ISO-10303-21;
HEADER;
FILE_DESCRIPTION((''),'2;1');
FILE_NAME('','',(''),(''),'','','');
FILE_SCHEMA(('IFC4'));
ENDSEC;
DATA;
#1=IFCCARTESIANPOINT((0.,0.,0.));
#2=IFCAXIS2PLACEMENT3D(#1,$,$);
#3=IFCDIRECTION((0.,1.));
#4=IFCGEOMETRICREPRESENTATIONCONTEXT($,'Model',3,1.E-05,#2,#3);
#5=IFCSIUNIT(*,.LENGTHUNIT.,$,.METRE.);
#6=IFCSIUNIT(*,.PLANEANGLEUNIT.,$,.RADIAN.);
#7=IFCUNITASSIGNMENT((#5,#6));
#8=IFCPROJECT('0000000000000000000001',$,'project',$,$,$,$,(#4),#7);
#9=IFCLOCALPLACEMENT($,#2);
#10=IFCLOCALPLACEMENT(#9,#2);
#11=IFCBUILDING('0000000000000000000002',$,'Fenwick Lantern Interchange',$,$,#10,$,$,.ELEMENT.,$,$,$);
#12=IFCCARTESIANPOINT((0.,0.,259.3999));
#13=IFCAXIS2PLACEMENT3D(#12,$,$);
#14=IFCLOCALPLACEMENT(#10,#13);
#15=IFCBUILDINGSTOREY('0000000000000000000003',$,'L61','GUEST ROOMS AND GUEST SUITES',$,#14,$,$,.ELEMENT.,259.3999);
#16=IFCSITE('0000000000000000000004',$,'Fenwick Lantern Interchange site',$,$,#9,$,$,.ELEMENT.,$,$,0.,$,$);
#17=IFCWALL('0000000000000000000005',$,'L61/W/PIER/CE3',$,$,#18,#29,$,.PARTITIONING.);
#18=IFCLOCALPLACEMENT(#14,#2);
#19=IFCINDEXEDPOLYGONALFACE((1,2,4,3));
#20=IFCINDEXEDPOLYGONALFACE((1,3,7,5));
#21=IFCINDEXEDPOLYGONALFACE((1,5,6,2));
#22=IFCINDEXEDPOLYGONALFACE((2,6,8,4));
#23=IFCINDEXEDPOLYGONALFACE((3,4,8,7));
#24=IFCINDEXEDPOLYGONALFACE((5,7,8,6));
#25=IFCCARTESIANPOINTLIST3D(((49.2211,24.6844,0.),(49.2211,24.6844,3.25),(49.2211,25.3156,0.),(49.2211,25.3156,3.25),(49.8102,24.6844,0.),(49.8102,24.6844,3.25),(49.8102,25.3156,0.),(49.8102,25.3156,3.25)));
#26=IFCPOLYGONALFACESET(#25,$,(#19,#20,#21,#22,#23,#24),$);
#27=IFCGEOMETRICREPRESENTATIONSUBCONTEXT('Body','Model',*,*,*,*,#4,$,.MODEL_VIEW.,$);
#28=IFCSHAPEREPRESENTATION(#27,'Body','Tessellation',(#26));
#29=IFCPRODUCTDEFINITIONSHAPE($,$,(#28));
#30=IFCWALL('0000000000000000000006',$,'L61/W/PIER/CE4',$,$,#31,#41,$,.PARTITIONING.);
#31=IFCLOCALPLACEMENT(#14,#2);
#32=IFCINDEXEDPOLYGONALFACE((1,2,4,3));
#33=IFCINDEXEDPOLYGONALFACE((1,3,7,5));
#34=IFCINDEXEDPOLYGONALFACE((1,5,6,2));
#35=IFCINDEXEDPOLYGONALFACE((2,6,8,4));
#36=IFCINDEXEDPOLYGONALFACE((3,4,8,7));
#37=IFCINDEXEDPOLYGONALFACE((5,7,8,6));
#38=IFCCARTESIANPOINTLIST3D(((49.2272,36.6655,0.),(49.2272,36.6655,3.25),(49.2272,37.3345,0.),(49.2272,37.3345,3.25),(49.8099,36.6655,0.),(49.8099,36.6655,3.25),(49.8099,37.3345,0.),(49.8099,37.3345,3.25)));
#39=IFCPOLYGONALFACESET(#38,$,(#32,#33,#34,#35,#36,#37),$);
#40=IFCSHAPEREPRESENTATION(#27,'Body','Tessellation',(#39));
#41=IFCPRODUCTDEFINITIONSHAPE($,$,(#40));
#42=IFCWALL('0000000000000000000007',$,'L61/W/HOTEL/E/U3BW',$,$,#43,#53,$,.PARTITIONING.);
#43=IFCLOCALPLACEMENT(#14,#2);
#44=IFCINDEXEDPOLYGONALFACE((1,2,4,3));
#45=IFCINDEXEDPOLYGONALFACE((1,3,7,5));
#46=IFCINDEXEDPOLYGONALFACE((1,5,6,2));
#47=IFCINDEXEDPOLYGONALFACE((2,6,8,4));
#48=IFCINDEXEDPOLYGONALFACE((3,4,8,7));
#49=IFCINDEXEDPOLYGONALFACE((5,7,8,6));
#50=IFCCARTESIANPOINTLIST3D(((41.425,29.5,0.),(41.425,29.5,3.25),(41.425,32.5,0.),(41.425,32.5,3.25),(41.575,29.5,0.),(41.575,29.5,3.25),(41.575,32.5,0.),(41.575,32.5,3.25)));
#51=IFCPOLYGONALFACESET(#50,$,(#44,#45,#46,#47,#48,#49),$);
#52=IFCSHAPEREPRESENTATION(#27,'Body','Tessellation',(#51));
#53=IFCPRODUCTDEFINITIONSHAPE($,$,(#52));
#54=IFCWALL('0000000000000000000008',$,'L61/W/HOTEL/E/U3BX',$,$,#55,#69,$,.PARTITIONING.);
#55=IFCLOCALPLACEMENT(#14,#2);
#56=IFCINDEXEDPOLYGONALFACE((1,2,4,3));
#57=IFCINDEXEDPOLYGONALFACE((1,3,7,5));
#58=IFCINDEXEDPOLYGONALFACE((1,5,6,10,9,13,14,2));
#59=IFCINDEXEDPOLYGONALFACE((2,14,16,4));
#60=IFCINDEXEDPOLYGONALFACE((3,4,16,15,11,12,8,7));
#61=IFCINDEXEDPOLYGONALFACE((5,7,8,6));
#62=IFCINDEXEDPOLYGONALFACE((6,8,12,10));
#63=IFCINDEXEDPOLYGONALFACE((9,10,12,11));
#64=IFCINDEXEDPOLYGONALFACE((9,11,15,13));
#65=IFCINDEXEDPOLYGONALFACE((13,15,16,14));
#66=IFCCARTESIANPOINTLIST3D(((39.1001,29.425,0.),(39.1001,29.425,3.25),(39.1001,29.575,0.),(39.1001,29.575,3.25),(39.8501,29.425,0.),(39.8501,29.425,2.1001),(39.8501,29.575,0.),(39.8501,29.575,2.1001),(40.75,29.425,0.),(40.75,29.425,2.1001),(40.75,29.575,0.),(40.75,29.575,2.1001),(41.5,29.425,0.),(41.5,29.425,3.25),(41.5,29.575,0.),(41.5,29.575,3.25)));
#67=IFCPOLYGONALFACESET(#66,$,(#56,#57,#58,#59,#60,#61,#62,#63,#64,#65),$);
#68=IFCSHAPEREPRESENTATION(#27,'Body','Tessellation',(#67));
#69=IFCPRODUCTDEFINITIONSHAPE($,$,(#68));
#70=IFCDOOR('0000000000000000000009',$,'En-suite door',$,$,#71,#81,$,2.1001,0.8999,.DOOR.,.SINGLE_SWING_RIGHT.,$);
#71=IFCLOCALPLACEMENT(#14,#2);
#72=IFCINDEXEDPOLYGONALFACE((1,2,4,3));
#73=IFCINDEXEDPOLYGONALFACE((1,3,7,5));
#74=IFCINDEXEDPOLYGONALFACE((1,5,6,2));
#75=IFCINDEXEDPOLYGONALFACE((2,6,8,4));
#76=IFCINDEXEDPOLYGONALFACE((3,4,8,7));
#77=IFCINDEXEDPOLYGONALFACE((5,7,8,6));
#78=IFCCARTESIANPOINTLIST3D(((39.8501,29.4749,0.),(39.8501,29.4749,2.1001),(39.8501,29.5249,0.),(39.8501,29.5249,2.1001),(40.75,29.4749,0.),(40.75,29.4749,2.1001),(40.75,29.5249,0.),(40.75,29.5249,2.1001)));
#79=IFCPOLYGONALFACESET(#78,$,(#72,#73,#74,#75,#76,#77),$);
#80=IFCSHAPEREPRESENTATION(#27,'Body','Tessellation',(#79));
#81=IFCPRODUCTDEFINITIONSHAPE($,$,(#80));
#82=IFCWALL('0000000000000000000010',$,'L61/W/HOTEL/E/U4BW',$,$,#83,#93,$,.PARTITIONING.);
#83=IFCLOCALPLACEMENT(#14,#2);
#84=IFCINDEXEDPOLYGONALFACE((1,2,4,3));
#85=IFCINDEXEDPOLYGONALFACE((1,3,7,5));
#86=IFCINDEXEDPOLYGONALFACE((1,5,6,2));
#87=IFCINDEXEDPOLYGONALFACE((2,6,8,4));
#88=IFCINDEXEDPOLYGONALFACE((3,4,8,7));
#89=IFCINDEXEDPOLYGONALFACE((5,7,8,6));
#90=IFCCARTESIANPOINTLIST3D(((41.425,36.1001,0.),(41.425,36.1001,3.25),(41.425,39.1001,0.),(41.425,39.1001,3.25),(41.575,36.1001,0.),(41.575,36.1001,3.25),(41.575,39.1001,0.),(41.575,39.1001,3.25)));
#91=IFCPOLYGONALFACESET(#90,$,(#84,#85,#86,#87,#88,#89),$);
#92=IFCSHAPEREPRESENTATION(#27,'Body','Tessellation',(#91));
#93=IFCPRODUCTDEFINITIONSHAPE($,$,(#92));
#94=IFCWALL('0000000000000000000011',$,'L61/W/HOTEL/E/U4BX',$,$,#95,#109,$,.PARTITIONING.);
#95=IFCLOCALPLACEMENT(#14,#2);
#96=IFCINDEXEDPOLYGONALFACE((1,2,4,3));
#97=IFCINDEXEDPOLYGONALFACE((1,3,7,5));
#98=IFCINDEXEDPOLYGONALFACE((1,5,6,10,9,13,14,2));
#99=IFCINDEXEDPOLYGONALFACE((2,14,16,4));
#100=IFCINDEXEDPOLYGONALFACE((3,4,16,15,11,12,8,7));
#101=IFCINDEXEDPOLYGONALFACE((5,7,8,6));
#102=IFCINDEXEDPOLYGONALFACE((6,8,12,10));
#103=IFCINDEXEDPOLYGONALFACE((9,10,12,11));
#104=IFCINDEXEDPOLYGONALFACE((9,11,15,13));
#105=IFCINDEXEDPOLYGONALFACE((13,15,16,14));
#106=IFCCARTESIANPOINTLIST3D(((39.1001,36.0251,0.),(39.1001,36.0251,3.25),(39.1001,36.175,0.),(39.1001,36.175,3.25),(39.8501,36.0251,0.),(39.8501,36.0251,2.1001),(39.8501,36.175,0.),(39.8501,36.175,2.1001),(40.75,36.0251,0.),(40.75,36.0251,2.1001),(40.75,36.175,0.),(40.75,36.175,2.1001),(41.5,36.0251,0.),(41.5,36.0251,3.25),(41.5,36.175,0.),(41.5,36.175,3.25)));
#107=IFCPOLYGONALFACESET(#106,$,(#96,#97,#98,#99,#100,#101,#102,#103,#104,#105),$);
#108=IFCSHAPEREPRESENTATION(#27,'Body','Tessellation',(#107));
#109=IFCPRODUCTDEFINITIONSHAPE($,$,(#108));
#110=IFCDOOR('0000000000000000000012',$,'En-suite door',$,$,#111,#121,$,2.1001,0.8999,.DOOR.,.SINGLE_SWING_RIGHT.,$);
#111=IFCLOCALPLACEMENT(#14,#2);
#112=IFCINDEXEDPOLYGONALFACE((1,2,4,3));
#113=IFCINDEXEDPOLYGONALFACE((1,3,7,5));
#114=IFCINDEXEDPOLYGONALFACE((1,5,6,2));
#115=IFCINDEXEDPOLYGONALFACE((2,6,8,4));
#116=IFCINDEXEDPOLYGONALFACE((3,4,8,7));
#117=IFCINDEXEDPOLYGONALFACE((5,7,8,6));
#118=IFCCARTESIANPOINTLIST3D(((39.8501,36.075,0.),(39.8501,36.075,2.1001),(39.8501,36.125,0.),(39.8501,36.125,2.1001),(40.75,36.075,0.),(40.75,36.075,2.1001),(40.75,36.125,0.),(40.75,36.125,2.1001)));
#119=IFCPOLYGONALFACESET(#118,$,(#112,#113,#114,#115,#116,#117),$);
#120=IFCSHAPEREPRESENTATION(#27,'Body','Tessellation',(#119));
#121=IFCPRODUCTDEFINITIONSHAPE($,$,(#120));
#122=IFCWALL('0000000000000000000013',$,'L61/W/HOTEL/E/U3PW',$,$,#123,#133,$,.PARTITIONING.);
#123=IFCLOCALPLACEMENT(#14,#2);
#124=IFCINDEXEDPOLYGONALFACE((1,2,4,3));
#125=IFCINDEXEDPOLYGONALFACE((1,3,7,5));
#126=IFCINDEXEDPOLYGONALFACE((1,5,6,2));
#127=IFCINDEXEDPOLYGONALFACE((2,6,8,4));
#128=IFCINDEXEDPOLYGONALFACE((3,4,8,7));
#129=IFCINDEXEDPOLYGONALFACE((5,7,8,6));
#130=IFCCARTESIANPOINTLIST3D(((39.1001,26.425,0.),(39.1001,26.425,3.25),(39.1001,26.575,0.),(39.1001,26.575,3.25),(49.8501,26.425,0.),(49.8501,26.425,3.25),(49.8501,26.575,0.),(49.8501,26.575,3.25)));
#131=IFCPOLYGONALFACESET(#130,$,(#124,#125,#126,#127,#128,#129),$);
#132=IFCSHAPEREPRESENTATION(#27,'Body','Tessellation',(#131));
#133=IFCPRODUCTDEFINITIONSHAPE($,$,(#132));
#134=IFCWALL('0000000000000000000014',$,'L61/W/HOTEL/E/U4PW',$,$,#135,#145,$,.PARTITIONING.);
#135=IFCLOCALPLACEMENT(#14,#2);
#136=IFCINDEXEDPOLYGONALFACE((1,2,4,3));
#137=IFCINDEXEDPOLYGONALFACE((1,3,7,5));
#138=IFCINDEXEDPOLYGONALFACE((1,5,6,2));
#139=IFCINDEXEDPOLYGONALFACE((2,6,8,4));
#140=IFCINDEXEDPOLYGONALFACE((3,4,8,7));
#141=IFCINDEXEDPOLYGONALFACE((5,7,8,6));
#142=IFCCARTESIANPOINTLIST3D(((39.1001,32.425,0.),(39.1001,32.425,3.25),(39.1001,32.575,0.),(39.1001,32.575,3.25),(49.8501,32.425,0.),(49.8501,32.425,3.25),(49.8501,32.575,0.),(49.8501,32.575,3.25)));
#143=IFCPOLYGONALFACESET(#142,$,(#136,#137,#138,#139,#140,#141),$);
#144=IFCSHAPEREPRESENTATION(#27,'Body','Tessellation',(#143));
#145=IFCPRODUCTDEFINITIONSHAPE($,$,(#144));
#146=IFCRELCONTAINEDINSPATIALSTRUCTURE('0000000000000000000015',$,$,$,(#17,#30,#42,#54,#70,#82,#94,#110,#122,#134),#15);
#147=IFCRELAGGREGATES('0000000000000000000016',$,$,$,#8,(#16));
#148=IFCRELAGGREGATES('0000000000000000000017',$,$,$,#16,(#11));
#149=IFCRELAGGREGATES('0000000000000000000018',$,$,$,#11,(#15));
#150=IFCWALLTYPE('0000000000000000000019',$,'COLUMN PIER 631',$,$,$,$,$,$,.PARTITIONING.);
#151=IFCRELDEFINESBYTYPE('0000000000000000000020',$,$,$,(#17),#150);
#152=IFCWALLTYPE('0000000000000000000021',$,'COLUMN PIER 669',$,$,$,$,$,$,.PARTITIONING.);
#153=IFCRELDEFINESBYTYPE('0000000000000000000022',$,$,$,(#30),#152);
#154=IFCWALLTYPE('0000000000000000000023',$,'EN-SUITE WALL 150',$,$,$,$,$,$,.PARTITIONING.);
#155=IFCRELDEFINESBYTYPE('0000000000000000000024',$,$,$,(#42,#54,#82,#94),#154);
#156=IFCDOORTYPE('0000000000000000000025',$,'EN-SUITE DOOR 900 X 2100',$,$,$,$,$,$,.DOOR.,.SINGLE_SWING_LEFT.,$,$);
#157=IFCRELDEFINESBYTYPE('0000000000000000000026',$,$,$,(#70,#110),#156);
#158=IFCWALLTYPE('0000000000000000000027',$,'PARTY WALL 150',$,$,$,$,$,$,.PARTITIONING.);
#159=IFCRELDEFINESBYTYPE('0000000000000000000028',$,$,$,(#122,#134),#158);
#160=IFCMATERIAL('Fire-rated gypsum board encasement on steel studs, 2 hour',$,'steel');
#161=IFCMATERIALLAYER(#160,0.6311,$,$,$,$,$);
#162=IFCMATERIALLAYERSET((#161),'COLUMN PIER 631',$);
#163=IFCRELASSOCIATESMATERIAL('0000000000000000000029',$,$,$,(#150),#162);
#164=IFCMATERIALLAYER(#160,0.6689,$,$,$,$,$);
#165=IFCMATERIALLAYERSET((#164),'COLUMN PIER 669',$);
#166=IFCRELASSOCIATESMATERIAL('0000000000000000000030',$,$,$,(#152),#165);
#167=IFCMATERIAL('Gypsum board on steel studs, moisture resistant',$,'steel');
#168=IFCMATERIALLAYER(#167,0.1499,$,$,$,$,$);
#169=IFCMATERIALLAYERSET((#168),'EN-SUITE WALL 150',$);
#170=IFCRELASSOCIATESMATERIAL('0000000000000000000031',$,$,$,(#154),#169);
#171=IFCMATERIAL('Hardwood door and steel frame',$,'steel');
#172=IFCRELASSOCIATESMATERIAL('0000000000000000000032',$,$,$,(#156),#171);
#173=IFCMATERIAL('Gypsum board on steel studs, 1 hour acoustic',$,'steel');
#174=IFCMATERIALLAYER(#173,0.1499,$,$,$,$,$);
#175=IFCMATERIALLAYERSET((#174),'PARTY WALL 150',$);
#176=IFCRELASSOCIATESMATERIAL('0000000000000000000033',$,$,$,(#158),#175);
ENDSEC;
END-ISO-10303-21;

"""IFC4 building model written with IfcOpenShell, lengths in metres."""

from ifc_helpers import new_model, si_unit, direction, frame, frame_2d, origin, place, context, subcontext, project, spatial, rectangle, extrude, material, layer, layer_set, type_object, element, fill, save


model = new_model("IFC4")

# Units and contexts
model_context = context("Model", 3, precision=1e-05, world=origin(), true_north=direction((0.0, 1.0)))
body_context = subcontext(model_context, "Body", "Model", "MODEL_VIEW")
ifc_project = project(units=[si_unit("LENGTHUNIT", "METRE"), si_unit("PLANEANGLEUNIT", "RADIAN")], contexts=[model_context])

# Site, building, storey
site_placement = place(None, origin())
site = spatial("IfcSite", under=ifc_project, at=site_placement, Name="Fenwick Lantern Interchange site", CompositionType="ELEMENT", RefElevation=0.0)
building_placement = place(site_placement, origin())
building = spatial("IfcBuilding", under=site, at=building_placement, Name="Fenwick Lantern Interchange", CompositionType="ELEMENT")
storey_placement = place(building_placement, frame((0.0, 0.0, 259.3999)))
storey = spatial("IfcBuildingStorey", under=building, at=storey_placement, Name="L61", Description="GUEST ROOMS AND GUEST SUITES", CompositionType="ELEMENT", Elevation=259.3999)

# Walls
ifc_material_1 = material(Name="Fire-rated gypsum board encasement on steel studs, 2 hour", Category="steel")
ifc_layer_1 = layer(ifc_material_1, 0.6311)
ifc_layer_set_1 = layer_set([ifc_layer_1], Name="COLUMN PIER 631")
wall_type_1 = type_object("IfcWallType", Name="COLUMN PIER 631", PredefinedType="PARTITIONING", material=ifc_layer_set_1)
wall_1_placement = place(storey_placement, frame((49.8101, 25.0, 0.0), z_axis=(0.0, 0.0, 1.0), x_axis=(-1.0, 0.0, 0.0)))
element("IfcWall", 1, at=wall_1_placement, inside=storey, type_object=wall_type_1, Name="L61/W/PIER/CE3", PredefinedType="PARTITIONING", context=body_context, shape_type="SweptSolid", body=[
    extrude(rectangle(XDim=0.5891, YDim=0.6311, at=frame_2d((0.2944, 0.0))), origin(), (0.0, 0.0, 1.0), 3.25),
])
ifc_layer_2 = layer(ifc_material_1, 0.6689)
ifc_layer_set_2 = layer_set([ifc_layer_2], Name="COLUMN PIER 669")
wall_type_2 = type_object("IfcWallType", Name="COLUMN PIER 669", PredefinedType="PARTITIONING", material=ifc_layer_set_2)
wall_2_placement = place(storey_placement, frame((49.8101, 37.0, 0.0), z_axis=(0.0, 0.0, 1.0), x_axis=(-1.0, 0.0, 0.0)))
element("IfcWall", 2, at=wall_2_placement, inside=storey, type_object=wall_type_2, Name="L61/W/PIER/CE4", PredefinedType="PARTITIONING", context=body_context, shape_type="SweptSolid", body=[
    extrude(rectangle(XDim=0.5828, YDim=0.6689, at=frame_2d((0.2915, 0.0))), origin(), (0.0, 0.0, 1.0), 3.25),
])
ifc_material_2 = material(Name="Gypsum board on steel studs, moisture resistant", Category="steel")
ifc_layer_3 = layer(ifc_material_2, 0.1499)
ifc_layer_set_3 = layer_set([ifc_layer_3], Name="EN-SUITE WALL 150")
wall_type_3 = type_object("IfcWallType", Name="EN-SUITE WALL 150", PredefinedType="PARTITIONING", material=ifc_layer_set_3)
wall_3_placement = place(storey_placement, frame((41.5, 29.5, 0.0), z_axis=(0.0, 0.0, 1.0), x_axis=(0.0, 1.0, 0.0)))
element("IfcWall", 3, at=wall_3_placement, inside=storey, type_object=wall_type_3, Name="L61/W/HOTEL/E/U3BW", PredefinedType="PARTITIONING", context=body_context, shape_type="SweptSolid", body=[
    extrude(rectangle(XDim=3.0, YDim=0.1499, at=frame_2d((1.5, 0.0))), origin(), (0.0, 0.0, 1.0), 3.25),
])

# Wall, opening, door
wall_4_placement = place(storey_placement, frame((41.5, 29.5, 0.0), z_axis=(0.0, 0.0, 1.0), x_axis=(-1.0, 0.0, 0.0)))
wall_4 = element("IfcWall", 4, at=wall_4_placement, inside=storey, type_object=wall_type_3, Name="L61/W/HOTEL/E/U3BX", PredefinedType="PARTITIONING", context=body_context, shape_type="SweptSolid", body=[
    extrude(rectangle(XDim=2.3999, YDim=0.1499, at=frame_2d((1.2, 0.0))), origin(), (0.0, 0.0, 1.0), 3.25),
])
opening_1_placement = place(wall_4_placement, frame((0.75, 0.0, 0.0)))
opening_1 = element("IfcOpeningElement", 5, at=opening_1_placement, cuts=wall_4, PredefinedType="OPENING", context=body_context, shape_type="SweptSolid", body=[
    extrude(rectangle(XDim=0.8999, YDim=2.1001, at=frame_2d((0.45, 1.05))), frame((0.0, 0.085, 0.0), z_axis=(0.0, -1.0, 0.0), x_axis=(1.0, 0.0, 0.0)), (0.0, 0.0, 1.0), 0.1699),
])
ifc_material_3 = material(Name="Hardwood door and steel frame", Category="steel")
door_type = type_object("IfcDoorType", Name="EN-SUITE DOOR 900 X 2100", OperationType="SINGLE_SWING_LEFT", PredefinedType="DOOR", material=ifc_material_3)
door_1_placement = place(opening_1_placement, frame((0.8999, 0.0, 0.0), z_axis=(0.0, 0.0, 1.0), x_axis=(-1.0, 0.0, 0.0)))
door_1 = element("IfcDoor", 6, at=door_1_placement, inside=storey, type_object=door_type, Name="En-suite door", OperationType="SINGLE_SWING_RIGHT", OverallHeight=2.1001, OverallWidth=0.8999, PredefinedType="DOOR", context=body_context, shape_type="SweptSolid", body=[
    extrude(rectangle(XDim=0.8999, YDim=2.1001, at=frame_2d((0.45, 1.05))), frame((0.0, 0.0249, 0.0), z_axis=(0.0, -1.0, 0.0), x_axis=(1.0, 0.0, 0.0)), (0.0, 0.0, 1.0), 0.05),
])
fill(opening_1, door_1)

# Wall
wall_5_placement = place(storey_placement, frame((41.5, 36.1001, 0.0), z_axis=(0.0, 0.0, 1.0), x_axis=(0.0, 1.0, 0.0)))
element("IfcWall", 7, at=wall_5_placement, inside=storey, type_object=wall_type_3, Name="L61/W/HOTEL/E/U4BW", PredefinedType="PARTITIONING", context=body_context, shape_type="SweptSolid", body=[
    extrude(rectangle(XDim=3.0, YDim=0.1499, at=frame_2d((1.5, 0.0))), origin(), (0.0, 0.0, 1.0), 3.25),
])

# Wall, opening, door
wall_6_placement = place(storey_placement, frame((41.5, 36.1001, 0.0), z_axis=(0.0, 0.0, 1.0), x_axis=(-1.0, 0.0, 0.0)))
wall_6 = element("IfcWall", 8, at=wall_6_placement, inside=storey, type_object=wall_type_3, Name="L61/W/HOTEL/E/U4BX", PredefinedType="PARTITIONING", context=body_context, shape_type="SweptSolid", body=[
    extrude(rectangle(XDim=2.3999, YDim=0.1499, at=frame_2d((1.2, 0.0))), origin(), (0.0, 0.0, 1.0), 3.25),
])
opening_2_placement = place(wall_6_placement, frame((0.75, 0.0, 0.0)))
opening_2 = element("IfcOpeningElement", 9, at=opening_2_placement, cuts=wall_6, PredefinedType="OPENING", context=body_context, shape_type="SweptSolid", body=[
    extrude(rectangle(XDim=0.8999, YDim=2.1001, at=frame_2d((0.45, 1.05))), frame((0.0, 0.085, 0.0), z_axis=(0.0, -1.0, 0.0), x_axis=(1.0, 0.0, 0.0)), (0.0, 0.0, 1.0), 0.1699),
])
door_2_placement = place(opening_2_placement, frame((0.8999, 0.0, 0.0), z_axis=(0.0, 0.0, 1.0), x_axis=(-1.0, 0.0, 0.0)))
door_2 = element("IfcDoor", 10, at=door_2_placement, inside=storey, type_object=door_type, Name="En-suite door", OperationType="SINGLE_SWING_RIGHT", OverallHeight=2.1001, OverallWidth=0.8999, PredefinedType="DOOR", context=body_context, shape_type="SweptSolid", body=[
    extrude(rectangle(XDim=0.8999, YDim=2.1001, at=frame_2d((0.45, 1.05))), frame((0.0, 0.0249, 0.0), z_axis=(0.0, -1.0, 0.0), x_axis=(1.0, 0.0, 0.0)), (0.0, 0.0, 1.0), 0.05),
])
fill(opening_2, door_2)

# Walls
ifc_material_4 = material(Name="Gypsum board on steel studs, 1 hour acoustic", Category="steel")
ifc_layer_4 = layer(ifc_material_4, 0.1499)
ifc_layer_set_4 = layer_set([ifc_layer_4], Name="PARTY WALL 150")
wall_type_4 = type_object("IfcWallType", Name="PARTY WALL 150", PredefinedType="PARTITIONING", material=ifc_layer_set_4)
for number, where, z_axis, x_axis, name in (
    (11, (49.8501, 26.5, 0.0), (0.0, 0.0, 1.0), (-1.0, 0.0, 0.0), "L61/W/HOTEL/E/U3PW"),
    (12, (49.8501, 32.5, 0.0), (0.0, 0.0, 1.0), (-1.0, 0.0, 0.0), "L61/W/HOTEL/E/U4PW"),
):
    element("IfcWall", number, at=place(storey_placement, frame(where, z_axis=z_axis, x_axis=x_axis)), inside=storey, type_object=wall_type_4, Name=name, PredefinedType="PARTITIONING", context=body_context, shape_type="SweptSolid", body=[
        extrude(rectangle(XDim=10.75, YDim=0.1499, at=frame_2d((5.375, 0.0))), origin(), (0.0, 0.0, 1.0), 3.25),
    ])

save(model, "model.ifc")
